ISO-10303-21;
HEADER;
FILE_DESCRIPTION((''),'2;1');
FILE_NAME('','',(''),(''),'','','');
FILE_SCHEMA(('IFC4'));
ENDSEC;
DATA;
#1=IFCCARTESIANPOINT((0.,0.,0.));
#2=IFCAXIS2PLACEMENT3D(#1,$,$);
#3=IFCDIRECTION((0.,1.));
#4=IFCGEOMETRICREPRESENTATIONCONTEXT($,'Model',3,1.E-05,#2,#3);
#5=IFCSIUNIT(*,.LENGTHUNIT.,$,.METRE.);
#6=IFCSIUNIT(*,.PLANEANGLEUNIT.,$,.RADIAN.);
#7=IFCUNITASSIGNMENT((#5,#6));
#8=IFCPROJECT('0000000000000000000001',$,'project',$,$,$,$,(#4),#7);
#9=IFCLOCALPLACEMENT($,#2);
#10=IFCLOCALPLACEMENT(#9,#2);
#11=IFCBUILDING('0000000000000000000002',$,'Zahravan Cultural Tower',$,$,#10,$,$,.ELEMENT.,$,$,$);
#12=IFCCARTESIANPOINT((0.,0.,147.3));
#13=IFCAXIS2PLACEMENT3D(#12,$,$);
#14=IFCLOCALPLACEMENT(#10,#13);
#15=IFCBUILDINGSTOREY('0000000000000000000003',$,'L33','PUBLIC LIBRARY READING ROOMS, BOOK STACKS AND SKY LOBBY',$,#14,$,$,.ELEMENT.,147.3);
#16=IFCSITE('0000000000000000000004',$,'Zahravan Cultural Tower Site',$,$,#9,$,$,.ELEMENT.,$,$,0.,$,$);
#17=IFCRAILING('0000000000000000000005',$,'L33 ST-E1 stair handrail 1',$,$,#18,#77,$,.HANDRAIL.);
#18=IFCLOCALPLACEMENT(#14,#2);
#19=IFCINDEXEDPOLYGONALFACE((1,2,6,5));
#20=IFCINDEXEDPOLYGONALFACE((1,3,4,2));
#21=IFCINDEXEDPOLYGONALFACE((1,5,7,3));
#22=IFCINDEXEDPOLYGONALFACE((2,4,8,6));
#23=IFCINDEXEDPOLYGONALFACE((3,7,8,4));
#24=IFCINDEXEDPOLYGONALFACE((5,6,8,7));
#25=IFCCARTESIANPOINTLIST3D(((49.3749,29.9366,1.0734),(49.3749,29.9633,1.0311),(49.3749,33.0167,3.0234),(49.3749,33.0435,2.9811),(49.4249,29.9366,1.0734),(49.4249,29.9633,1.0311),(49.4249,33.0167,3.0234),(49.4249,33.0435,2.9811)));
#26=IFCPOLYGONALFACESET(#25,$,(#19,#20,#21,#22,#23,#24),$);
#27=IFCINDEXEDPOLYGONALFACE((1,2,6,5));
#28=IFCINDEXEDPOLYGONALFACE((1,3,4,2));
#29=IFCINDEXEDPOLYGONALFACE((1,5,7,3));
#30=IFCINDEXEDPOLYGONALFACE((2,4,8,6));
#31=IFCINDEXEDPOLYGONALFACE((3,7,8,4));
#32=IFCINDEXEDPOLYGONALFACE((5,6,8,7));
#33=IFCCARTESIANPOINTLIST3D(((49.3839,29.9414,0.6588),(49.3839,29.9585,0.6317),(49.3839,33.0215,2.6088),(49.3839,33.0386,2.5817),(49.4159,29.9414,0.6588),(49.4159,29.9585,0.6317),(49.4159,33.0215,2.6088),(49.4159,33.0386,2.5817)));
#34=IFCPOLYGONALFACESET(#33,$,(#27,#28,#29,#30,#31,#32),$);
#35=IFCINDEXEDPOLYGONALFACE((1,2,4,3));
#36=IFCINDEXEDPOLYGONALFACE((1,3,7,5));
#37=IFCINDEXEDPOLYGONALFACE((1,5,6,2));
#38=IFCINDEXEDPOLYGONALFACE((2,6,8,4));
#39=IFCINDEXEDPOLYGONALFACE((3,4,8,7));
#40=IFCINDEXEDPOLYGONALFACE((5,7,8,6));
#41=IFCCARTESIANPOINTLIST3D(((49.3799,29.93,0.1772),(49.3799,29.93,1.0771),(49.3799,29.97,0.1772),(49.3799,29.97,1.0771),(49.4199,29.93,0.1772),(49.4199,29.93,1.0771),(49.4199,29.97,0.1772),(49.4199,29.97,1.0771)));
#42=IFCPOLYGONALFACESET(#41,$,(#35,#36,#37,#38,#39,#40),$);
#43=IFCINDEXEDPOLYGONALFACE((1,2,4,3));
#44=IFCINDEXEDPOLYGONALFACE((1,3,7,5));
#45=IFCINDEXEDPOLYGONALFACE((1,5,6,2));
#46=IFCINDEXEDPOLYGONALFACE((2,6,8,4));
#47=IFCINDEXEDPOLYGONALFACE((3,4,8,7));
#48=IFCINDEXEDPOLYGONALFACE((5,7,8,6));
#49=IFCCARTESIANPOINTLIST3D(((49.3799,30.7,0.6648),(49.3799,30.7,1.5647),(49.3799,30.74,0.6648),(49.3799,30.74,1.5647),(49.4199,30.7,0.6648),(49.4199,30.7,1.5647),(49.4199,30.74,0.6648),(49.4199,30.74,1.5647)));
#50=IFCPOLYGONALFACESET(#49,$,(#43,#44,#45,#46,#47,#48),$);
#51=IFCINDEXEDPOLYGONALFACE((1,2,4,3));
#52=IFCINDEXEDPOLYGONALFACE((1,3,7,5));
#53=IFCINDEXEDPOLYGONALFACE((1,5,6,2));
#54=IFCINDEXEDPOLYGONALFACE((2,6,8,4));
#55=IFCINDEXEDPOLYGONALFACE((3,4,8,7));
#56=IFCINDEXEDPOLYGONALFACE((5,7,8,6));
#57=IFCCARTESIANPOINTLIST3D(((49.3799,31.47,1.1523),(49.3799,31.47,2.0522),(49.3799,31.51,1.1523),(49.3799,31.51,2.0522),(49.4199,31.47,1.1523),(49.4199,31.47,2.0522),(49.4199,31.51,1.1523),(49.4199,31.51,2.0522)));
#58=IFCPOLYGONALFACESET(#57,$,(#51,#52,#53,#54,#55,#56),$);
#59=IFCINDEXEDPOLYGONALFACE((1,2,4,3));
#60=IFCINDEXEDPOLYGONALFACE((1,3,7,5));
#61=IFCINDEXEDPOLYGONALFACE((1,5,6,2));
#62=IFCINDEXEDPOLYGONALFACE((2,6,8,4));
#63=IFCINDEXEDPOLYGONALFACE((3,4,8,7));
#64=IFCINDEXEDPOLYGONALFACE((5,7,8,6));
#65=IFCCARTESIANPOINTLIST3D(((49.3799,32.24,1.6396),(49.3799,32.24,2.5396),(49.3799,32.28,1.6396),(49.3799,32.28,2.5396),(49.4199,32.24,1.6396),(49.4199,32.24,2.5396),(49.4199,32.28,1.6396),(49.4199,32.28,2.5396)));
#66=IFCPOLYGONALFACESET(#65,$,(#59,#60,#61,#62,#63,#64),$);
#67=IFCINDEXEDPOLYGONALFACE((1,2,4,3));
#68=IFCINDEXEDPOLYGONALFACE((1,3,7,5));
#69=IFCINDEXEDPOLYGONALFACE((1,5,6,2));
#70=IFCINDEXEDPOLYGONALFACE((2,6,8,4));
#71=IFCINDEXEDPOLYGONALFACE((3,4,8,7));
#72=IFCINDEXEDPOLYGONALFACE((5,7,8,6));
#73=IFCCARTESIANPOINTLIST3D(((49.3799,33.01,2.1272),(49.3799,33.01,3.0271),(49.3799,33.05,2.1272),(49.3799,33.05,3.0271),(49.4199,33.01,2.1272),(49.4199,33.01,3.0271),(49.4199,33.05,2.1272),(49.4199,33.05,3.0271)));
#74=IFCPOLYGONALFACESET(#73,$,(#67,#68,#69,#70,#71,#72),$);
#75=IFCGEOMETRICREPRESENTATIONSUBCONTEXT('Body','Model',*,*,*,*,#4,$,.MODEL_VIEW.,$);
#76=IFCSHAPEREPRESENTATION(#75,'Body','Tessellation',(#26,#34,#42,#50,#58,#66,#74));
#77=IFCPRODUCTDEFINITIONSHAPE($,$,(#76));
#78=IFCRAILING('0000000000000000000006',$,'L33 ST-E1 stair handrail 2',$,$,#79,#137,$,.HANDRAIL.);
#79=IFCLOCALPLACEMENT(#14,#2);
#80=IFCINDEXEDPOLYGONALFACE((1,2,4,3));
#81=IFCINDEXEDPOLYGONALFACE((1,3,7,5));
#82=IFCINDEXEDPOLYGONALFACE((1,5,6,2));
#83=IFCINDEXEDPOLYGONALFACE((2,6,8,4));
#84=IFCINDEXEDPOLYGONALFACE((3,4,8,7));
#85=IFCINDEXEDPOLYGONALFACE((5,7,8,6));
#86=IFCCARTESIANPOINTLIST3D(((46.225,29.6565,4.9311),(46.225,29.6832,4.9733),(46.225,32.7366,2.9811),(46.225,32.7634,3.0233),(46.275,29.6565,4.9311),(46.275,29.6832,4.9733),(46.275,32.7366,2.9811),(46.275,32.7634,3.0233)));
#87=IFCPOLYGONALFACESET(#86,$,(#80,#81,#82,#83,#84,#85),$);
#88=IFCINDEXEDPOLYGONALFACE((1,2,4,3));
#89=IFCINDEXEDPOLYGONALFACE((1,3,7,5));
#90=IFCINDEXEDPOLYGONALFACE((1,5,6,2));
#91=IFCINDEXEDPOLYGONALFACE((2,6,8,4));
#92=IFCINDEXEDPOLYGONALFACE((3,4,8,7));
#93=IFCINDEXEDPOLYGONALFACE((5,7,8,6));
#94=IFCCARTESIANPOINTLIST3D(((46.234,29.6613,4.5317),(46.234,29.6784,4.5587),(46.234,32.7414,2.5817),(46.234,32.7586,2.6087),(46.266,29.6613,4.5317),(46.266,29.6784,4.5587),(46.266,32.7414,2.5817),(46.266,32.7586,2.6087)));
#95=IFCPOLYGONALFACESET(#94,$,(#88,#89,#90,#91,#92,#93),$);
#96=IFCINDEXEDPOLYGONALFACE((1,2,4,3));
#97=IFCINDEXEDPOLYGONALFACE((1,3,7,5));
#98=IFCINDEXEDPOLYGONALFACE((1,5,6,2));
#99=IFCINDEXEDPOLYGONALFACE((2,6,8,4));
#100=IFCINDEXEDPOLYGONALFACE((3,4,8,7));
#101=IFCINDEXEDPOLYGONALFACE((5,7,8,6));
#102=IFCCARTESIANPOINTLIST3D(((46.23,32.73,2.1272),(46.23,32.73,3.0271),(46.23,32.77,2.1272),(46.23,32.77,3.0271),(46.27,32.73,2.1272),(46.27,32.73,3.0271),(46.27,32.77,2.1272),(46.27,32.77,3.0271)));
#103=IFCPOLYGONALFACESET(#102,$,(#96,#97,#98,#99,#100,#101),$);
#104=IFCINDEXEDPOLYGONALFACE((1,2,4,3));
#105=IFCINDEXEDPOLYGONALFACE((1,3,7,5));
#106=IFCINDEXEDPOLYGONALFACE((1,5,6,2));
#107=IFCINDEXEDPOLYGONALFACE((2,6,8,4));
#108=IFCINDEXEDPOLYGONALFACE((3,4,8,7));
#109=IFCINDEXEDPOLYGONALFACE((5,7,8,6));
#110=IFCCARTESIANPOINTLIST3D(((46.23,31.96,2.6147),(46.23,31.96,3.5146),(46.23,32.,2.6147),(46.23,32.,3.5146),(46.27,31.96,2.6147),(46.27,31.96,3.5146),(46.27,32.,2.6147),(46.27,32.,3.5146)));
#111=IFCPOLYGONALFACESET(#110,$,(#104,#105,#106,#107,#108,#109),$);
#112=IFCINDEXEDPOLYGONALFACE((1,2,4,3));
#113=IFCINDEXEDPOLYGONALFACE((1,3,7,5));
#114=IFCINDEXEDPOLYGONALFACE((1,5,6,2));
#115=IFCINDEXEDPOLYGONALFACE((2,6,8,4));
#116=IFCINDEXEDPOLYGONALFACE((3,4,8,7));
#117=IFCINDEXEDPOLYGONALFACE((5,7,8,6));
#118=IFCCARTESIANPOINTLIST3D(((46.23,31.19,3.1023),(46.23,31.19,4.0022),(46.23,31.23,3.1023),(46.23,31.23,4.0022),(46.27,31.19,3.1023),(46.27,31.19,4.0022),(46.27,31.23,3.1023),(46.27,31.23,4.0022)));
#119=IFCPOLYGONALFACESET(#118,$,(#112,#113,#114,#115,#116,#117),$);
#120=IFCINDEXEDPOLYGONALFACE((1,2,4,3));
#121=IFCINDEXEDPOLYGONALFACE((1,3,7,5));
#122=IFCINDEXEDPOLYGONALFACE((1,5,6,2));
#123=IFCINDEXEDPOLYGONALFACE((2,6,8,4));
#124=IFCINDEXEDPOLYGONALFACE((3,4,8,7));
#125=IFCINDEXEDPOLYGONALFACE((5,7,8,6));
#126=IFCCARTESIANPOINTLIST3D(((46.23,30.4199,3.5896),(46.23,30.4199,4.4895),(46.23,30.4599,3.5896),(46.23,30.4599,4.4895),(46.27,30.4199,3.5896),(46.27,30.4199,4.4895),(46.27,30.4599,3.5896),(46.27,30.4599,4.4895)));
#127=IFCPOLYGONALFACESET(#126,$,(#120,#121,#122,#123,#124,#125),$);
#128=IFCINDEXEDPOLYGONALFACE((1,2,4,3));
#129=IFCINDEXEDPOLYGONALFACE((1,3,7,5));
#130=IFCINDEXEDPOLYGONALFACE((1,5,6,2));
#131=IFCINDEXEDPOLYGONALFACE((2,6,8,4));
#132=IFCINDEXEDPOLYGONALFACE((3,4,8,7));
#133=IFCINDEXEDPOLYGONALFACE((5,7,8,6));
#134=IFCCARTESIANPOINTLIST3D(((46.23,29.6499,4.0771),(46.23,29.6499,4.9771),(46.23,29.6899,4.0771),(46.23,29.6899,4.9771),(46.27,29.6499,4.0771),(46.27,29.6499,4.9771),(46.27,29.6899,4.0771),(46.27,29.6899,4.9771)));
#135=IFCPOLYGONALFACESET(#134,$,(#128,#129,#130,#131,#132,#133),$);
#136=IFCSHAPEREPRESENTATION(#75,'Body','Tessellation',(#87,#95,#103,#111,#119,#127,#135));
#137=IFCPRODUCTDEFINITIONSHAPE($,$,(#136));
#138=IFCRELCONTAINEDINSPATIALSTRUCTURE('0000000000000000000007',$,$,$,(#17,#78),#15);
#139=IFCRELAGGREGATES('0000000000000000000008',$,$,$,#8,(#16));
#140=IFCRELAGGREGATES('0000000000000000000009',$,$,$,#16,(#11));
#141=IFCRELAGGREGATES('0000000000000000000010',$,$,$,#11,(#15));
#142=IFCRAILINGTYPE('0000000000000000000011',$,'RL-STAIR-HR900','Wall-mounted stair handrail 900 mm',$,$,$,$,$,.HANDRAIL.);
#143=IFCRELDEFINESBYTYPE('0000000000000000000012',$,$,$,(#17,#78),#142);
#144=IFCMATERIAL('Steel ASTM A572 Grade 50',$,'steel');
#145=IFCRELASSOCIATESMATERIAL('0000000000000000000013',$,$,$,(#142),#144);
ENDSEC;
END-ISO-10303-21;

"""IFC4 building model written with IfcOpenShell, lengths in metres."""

from ifc_helpers import new_model, si_unit, direction, frame, origin, origin_2d, place, context, subcontext, project, spatial, rectangle, extrude, material, type_object, element, save


model = new_model("IFC4")

# Units and contexts
model_context = context("Model", 3, precision=1e-05, world=origin(), true_north=direction((0.0, 1.0)))
body_context = subcontext(model_context, "Body", "Model", "MODEL_VIEW")
ifc_project = project(units=[si_unit("LENGTHUNIT", "METRE"), si_unit("PLANEANGLEUNIT", "RADIAN")], contexts=[model_context])

# Site, building, storey
site_placement = place(None, origin())
site = spatial("IfcSite", under=ifc_project, at=site_placement, Name="Zahravan Cultural Tower Site", CompositionType="ELEMENT", RefElevation=0.0)
building_placement = place(site_placement, origin())
building = spatial("IfcBuilding", under=site, at=building_placement, Name="Zahravan Cultural Tower", CompositionType="ELEMENT")
storey_placement = place(building_placement, frame((0.0, 0.0, 147.3)))
storey = spatial("IfcBuildingStorey", under=building, at=storey_placement, Name="L33", Description="PUBLIC LIBRARY READING ROOMS, BOOK STACKS AND SKY LOBBY", CompositionType="ELEMENT", Elevation=147.3)

# Shared definitions
ifc_material_1 = material(Name="Steel ASTM A572 Grade 50", Category="steel")

# Railings
railing_type_1 = type_object("IfcRailingType", Name="RL-STAIR-HR900", Description="Wall-mounted stair handrail 900 mm", PredefinedType="HANDRAIL", material=ifc_material_1)
railing_1_placement = place(storey_placement, frame((49.3999, 29.95, 0.1772)))
element("IfcRailing", 1, at=railing_1_placement, inside=storey, type_object=railing_type_1, Name="L33 ST-E1 stair handrail 1", PredefinedType="HANDRAIL", context=body_context, shape_type="SweptSolid", body=[
    extrude(rectangle(XDim=0.05, YDim=0.05, at=origin_2d()), frame((0.0, 0.0, 0.875), z_axis=(0.0, 0.844914, 0.534902), x_axis=(-1.0, 0.0, 0.0)), (0.0, 0.0, 1.0), 3.6455),
    extrude(rectangle(XDim=0.032, YDim=0.032, at=origin_2d()), frame((0.0, 0.0, 0.468), z_axis=(0.0, 0.844914, 0.534902), x_axis=(-1.0, 0.0, 0.0)), (0.0, 0.0, 1.0), 3.6455),
    extrude(rectangle(XDim=0.04, YDim=0.04, at=origin_2d()), origin(), (0.0, 0.0, 1.0), 0.8999),
    extrude(rectangle(XDim=0.04, YDim=0.04, at=origin_2d()), frame((0.0, 0.77, 0.4875)), (0.0, 0.0, 1.0), 0.8999),
    extrude(rectangle(XDim=0.04, YDim=0.04, at=origin_2d()), frame((0.0, 1.54, 0.9751)), (0.0, 0.0, 1.0), 0.8999),
    extrude(rectangle(XDim=0.04, YDim=0.04, at=origin_2d()), frame((0.0, 2.3101, 1.4624)), (0.0, 0.0, 1.0), 0.8999),
    extrude(rectangle(XDim=0.04, YDim=0.04, at=origin_2d()), frame((0.0, 3.0801, 1.95)), (0.0, 0.0, 1.0), 0.8999),
])
railing_2_placement = place(storey_placement, frame((46.25, 32.75, 2.1272)))
element("IfcRailing", 2, at=railing_2_placement, inside=storey, type_object=railing_type_1, Name="L33 ST-E1 stair handrail 2", PredefinedType="HANDRAIL", context=body_context, shape_type="SweptSolid", body=[
    extrude(rectangle(XDim=0.05, YDim=0.05, at=origin_2d()), frame((0.0, 0.0, 0.875), z_axis=(0.0, -0.844914, 0.534902), x_axis=(1.0, 0.0, 0.0)), (0.0, 0.0, 1.0), 3.6455),
    extrude(rectangle(XDim=0.032, YDim=0.032, at=origin_2d()), frame((0.0, 0.0, 0.468), z_axis=(0.0, -0.844914, 0.534902), x_axis=(1.0, 0.0, 0.0)), (0.0, 0.0, 1.0), 3.6455),
    extrude(rectangle(XDim=0.04, YDim=0.04, at=origin_2d()), origin(), (0.0, 0.0, 1.0), 0.8999),
    extrude(rectangle(XDim=0.04, YDim=0.04, at=origin_2d()), frame((0.0, -0.77, 0.4875)), (0.0, 0.0, 1.0), 0.8999),
    extrude(rectangle(XDim=0.04, YDim=0.04, at=origin_2d()), frame((0.0, -1.54, 0.9751)), (0.0, 0.0, 1.0), 0.8999),
    extrude(rectangle(XDim=0.04, YDim=0.04, at=origin_2d()), frame((0.0, -2.3101, 1.4624)), (0.0, 0.0, 1.0), 0.8999),
    extrude(rectangle(XDim=0.04, YDim=0.04, at=origin_2d()), frame((0.0, -3.0801, 1.95)), (0.0, 0.0, 1.0), 0.8999),
])

save(model, "model.ifc")
